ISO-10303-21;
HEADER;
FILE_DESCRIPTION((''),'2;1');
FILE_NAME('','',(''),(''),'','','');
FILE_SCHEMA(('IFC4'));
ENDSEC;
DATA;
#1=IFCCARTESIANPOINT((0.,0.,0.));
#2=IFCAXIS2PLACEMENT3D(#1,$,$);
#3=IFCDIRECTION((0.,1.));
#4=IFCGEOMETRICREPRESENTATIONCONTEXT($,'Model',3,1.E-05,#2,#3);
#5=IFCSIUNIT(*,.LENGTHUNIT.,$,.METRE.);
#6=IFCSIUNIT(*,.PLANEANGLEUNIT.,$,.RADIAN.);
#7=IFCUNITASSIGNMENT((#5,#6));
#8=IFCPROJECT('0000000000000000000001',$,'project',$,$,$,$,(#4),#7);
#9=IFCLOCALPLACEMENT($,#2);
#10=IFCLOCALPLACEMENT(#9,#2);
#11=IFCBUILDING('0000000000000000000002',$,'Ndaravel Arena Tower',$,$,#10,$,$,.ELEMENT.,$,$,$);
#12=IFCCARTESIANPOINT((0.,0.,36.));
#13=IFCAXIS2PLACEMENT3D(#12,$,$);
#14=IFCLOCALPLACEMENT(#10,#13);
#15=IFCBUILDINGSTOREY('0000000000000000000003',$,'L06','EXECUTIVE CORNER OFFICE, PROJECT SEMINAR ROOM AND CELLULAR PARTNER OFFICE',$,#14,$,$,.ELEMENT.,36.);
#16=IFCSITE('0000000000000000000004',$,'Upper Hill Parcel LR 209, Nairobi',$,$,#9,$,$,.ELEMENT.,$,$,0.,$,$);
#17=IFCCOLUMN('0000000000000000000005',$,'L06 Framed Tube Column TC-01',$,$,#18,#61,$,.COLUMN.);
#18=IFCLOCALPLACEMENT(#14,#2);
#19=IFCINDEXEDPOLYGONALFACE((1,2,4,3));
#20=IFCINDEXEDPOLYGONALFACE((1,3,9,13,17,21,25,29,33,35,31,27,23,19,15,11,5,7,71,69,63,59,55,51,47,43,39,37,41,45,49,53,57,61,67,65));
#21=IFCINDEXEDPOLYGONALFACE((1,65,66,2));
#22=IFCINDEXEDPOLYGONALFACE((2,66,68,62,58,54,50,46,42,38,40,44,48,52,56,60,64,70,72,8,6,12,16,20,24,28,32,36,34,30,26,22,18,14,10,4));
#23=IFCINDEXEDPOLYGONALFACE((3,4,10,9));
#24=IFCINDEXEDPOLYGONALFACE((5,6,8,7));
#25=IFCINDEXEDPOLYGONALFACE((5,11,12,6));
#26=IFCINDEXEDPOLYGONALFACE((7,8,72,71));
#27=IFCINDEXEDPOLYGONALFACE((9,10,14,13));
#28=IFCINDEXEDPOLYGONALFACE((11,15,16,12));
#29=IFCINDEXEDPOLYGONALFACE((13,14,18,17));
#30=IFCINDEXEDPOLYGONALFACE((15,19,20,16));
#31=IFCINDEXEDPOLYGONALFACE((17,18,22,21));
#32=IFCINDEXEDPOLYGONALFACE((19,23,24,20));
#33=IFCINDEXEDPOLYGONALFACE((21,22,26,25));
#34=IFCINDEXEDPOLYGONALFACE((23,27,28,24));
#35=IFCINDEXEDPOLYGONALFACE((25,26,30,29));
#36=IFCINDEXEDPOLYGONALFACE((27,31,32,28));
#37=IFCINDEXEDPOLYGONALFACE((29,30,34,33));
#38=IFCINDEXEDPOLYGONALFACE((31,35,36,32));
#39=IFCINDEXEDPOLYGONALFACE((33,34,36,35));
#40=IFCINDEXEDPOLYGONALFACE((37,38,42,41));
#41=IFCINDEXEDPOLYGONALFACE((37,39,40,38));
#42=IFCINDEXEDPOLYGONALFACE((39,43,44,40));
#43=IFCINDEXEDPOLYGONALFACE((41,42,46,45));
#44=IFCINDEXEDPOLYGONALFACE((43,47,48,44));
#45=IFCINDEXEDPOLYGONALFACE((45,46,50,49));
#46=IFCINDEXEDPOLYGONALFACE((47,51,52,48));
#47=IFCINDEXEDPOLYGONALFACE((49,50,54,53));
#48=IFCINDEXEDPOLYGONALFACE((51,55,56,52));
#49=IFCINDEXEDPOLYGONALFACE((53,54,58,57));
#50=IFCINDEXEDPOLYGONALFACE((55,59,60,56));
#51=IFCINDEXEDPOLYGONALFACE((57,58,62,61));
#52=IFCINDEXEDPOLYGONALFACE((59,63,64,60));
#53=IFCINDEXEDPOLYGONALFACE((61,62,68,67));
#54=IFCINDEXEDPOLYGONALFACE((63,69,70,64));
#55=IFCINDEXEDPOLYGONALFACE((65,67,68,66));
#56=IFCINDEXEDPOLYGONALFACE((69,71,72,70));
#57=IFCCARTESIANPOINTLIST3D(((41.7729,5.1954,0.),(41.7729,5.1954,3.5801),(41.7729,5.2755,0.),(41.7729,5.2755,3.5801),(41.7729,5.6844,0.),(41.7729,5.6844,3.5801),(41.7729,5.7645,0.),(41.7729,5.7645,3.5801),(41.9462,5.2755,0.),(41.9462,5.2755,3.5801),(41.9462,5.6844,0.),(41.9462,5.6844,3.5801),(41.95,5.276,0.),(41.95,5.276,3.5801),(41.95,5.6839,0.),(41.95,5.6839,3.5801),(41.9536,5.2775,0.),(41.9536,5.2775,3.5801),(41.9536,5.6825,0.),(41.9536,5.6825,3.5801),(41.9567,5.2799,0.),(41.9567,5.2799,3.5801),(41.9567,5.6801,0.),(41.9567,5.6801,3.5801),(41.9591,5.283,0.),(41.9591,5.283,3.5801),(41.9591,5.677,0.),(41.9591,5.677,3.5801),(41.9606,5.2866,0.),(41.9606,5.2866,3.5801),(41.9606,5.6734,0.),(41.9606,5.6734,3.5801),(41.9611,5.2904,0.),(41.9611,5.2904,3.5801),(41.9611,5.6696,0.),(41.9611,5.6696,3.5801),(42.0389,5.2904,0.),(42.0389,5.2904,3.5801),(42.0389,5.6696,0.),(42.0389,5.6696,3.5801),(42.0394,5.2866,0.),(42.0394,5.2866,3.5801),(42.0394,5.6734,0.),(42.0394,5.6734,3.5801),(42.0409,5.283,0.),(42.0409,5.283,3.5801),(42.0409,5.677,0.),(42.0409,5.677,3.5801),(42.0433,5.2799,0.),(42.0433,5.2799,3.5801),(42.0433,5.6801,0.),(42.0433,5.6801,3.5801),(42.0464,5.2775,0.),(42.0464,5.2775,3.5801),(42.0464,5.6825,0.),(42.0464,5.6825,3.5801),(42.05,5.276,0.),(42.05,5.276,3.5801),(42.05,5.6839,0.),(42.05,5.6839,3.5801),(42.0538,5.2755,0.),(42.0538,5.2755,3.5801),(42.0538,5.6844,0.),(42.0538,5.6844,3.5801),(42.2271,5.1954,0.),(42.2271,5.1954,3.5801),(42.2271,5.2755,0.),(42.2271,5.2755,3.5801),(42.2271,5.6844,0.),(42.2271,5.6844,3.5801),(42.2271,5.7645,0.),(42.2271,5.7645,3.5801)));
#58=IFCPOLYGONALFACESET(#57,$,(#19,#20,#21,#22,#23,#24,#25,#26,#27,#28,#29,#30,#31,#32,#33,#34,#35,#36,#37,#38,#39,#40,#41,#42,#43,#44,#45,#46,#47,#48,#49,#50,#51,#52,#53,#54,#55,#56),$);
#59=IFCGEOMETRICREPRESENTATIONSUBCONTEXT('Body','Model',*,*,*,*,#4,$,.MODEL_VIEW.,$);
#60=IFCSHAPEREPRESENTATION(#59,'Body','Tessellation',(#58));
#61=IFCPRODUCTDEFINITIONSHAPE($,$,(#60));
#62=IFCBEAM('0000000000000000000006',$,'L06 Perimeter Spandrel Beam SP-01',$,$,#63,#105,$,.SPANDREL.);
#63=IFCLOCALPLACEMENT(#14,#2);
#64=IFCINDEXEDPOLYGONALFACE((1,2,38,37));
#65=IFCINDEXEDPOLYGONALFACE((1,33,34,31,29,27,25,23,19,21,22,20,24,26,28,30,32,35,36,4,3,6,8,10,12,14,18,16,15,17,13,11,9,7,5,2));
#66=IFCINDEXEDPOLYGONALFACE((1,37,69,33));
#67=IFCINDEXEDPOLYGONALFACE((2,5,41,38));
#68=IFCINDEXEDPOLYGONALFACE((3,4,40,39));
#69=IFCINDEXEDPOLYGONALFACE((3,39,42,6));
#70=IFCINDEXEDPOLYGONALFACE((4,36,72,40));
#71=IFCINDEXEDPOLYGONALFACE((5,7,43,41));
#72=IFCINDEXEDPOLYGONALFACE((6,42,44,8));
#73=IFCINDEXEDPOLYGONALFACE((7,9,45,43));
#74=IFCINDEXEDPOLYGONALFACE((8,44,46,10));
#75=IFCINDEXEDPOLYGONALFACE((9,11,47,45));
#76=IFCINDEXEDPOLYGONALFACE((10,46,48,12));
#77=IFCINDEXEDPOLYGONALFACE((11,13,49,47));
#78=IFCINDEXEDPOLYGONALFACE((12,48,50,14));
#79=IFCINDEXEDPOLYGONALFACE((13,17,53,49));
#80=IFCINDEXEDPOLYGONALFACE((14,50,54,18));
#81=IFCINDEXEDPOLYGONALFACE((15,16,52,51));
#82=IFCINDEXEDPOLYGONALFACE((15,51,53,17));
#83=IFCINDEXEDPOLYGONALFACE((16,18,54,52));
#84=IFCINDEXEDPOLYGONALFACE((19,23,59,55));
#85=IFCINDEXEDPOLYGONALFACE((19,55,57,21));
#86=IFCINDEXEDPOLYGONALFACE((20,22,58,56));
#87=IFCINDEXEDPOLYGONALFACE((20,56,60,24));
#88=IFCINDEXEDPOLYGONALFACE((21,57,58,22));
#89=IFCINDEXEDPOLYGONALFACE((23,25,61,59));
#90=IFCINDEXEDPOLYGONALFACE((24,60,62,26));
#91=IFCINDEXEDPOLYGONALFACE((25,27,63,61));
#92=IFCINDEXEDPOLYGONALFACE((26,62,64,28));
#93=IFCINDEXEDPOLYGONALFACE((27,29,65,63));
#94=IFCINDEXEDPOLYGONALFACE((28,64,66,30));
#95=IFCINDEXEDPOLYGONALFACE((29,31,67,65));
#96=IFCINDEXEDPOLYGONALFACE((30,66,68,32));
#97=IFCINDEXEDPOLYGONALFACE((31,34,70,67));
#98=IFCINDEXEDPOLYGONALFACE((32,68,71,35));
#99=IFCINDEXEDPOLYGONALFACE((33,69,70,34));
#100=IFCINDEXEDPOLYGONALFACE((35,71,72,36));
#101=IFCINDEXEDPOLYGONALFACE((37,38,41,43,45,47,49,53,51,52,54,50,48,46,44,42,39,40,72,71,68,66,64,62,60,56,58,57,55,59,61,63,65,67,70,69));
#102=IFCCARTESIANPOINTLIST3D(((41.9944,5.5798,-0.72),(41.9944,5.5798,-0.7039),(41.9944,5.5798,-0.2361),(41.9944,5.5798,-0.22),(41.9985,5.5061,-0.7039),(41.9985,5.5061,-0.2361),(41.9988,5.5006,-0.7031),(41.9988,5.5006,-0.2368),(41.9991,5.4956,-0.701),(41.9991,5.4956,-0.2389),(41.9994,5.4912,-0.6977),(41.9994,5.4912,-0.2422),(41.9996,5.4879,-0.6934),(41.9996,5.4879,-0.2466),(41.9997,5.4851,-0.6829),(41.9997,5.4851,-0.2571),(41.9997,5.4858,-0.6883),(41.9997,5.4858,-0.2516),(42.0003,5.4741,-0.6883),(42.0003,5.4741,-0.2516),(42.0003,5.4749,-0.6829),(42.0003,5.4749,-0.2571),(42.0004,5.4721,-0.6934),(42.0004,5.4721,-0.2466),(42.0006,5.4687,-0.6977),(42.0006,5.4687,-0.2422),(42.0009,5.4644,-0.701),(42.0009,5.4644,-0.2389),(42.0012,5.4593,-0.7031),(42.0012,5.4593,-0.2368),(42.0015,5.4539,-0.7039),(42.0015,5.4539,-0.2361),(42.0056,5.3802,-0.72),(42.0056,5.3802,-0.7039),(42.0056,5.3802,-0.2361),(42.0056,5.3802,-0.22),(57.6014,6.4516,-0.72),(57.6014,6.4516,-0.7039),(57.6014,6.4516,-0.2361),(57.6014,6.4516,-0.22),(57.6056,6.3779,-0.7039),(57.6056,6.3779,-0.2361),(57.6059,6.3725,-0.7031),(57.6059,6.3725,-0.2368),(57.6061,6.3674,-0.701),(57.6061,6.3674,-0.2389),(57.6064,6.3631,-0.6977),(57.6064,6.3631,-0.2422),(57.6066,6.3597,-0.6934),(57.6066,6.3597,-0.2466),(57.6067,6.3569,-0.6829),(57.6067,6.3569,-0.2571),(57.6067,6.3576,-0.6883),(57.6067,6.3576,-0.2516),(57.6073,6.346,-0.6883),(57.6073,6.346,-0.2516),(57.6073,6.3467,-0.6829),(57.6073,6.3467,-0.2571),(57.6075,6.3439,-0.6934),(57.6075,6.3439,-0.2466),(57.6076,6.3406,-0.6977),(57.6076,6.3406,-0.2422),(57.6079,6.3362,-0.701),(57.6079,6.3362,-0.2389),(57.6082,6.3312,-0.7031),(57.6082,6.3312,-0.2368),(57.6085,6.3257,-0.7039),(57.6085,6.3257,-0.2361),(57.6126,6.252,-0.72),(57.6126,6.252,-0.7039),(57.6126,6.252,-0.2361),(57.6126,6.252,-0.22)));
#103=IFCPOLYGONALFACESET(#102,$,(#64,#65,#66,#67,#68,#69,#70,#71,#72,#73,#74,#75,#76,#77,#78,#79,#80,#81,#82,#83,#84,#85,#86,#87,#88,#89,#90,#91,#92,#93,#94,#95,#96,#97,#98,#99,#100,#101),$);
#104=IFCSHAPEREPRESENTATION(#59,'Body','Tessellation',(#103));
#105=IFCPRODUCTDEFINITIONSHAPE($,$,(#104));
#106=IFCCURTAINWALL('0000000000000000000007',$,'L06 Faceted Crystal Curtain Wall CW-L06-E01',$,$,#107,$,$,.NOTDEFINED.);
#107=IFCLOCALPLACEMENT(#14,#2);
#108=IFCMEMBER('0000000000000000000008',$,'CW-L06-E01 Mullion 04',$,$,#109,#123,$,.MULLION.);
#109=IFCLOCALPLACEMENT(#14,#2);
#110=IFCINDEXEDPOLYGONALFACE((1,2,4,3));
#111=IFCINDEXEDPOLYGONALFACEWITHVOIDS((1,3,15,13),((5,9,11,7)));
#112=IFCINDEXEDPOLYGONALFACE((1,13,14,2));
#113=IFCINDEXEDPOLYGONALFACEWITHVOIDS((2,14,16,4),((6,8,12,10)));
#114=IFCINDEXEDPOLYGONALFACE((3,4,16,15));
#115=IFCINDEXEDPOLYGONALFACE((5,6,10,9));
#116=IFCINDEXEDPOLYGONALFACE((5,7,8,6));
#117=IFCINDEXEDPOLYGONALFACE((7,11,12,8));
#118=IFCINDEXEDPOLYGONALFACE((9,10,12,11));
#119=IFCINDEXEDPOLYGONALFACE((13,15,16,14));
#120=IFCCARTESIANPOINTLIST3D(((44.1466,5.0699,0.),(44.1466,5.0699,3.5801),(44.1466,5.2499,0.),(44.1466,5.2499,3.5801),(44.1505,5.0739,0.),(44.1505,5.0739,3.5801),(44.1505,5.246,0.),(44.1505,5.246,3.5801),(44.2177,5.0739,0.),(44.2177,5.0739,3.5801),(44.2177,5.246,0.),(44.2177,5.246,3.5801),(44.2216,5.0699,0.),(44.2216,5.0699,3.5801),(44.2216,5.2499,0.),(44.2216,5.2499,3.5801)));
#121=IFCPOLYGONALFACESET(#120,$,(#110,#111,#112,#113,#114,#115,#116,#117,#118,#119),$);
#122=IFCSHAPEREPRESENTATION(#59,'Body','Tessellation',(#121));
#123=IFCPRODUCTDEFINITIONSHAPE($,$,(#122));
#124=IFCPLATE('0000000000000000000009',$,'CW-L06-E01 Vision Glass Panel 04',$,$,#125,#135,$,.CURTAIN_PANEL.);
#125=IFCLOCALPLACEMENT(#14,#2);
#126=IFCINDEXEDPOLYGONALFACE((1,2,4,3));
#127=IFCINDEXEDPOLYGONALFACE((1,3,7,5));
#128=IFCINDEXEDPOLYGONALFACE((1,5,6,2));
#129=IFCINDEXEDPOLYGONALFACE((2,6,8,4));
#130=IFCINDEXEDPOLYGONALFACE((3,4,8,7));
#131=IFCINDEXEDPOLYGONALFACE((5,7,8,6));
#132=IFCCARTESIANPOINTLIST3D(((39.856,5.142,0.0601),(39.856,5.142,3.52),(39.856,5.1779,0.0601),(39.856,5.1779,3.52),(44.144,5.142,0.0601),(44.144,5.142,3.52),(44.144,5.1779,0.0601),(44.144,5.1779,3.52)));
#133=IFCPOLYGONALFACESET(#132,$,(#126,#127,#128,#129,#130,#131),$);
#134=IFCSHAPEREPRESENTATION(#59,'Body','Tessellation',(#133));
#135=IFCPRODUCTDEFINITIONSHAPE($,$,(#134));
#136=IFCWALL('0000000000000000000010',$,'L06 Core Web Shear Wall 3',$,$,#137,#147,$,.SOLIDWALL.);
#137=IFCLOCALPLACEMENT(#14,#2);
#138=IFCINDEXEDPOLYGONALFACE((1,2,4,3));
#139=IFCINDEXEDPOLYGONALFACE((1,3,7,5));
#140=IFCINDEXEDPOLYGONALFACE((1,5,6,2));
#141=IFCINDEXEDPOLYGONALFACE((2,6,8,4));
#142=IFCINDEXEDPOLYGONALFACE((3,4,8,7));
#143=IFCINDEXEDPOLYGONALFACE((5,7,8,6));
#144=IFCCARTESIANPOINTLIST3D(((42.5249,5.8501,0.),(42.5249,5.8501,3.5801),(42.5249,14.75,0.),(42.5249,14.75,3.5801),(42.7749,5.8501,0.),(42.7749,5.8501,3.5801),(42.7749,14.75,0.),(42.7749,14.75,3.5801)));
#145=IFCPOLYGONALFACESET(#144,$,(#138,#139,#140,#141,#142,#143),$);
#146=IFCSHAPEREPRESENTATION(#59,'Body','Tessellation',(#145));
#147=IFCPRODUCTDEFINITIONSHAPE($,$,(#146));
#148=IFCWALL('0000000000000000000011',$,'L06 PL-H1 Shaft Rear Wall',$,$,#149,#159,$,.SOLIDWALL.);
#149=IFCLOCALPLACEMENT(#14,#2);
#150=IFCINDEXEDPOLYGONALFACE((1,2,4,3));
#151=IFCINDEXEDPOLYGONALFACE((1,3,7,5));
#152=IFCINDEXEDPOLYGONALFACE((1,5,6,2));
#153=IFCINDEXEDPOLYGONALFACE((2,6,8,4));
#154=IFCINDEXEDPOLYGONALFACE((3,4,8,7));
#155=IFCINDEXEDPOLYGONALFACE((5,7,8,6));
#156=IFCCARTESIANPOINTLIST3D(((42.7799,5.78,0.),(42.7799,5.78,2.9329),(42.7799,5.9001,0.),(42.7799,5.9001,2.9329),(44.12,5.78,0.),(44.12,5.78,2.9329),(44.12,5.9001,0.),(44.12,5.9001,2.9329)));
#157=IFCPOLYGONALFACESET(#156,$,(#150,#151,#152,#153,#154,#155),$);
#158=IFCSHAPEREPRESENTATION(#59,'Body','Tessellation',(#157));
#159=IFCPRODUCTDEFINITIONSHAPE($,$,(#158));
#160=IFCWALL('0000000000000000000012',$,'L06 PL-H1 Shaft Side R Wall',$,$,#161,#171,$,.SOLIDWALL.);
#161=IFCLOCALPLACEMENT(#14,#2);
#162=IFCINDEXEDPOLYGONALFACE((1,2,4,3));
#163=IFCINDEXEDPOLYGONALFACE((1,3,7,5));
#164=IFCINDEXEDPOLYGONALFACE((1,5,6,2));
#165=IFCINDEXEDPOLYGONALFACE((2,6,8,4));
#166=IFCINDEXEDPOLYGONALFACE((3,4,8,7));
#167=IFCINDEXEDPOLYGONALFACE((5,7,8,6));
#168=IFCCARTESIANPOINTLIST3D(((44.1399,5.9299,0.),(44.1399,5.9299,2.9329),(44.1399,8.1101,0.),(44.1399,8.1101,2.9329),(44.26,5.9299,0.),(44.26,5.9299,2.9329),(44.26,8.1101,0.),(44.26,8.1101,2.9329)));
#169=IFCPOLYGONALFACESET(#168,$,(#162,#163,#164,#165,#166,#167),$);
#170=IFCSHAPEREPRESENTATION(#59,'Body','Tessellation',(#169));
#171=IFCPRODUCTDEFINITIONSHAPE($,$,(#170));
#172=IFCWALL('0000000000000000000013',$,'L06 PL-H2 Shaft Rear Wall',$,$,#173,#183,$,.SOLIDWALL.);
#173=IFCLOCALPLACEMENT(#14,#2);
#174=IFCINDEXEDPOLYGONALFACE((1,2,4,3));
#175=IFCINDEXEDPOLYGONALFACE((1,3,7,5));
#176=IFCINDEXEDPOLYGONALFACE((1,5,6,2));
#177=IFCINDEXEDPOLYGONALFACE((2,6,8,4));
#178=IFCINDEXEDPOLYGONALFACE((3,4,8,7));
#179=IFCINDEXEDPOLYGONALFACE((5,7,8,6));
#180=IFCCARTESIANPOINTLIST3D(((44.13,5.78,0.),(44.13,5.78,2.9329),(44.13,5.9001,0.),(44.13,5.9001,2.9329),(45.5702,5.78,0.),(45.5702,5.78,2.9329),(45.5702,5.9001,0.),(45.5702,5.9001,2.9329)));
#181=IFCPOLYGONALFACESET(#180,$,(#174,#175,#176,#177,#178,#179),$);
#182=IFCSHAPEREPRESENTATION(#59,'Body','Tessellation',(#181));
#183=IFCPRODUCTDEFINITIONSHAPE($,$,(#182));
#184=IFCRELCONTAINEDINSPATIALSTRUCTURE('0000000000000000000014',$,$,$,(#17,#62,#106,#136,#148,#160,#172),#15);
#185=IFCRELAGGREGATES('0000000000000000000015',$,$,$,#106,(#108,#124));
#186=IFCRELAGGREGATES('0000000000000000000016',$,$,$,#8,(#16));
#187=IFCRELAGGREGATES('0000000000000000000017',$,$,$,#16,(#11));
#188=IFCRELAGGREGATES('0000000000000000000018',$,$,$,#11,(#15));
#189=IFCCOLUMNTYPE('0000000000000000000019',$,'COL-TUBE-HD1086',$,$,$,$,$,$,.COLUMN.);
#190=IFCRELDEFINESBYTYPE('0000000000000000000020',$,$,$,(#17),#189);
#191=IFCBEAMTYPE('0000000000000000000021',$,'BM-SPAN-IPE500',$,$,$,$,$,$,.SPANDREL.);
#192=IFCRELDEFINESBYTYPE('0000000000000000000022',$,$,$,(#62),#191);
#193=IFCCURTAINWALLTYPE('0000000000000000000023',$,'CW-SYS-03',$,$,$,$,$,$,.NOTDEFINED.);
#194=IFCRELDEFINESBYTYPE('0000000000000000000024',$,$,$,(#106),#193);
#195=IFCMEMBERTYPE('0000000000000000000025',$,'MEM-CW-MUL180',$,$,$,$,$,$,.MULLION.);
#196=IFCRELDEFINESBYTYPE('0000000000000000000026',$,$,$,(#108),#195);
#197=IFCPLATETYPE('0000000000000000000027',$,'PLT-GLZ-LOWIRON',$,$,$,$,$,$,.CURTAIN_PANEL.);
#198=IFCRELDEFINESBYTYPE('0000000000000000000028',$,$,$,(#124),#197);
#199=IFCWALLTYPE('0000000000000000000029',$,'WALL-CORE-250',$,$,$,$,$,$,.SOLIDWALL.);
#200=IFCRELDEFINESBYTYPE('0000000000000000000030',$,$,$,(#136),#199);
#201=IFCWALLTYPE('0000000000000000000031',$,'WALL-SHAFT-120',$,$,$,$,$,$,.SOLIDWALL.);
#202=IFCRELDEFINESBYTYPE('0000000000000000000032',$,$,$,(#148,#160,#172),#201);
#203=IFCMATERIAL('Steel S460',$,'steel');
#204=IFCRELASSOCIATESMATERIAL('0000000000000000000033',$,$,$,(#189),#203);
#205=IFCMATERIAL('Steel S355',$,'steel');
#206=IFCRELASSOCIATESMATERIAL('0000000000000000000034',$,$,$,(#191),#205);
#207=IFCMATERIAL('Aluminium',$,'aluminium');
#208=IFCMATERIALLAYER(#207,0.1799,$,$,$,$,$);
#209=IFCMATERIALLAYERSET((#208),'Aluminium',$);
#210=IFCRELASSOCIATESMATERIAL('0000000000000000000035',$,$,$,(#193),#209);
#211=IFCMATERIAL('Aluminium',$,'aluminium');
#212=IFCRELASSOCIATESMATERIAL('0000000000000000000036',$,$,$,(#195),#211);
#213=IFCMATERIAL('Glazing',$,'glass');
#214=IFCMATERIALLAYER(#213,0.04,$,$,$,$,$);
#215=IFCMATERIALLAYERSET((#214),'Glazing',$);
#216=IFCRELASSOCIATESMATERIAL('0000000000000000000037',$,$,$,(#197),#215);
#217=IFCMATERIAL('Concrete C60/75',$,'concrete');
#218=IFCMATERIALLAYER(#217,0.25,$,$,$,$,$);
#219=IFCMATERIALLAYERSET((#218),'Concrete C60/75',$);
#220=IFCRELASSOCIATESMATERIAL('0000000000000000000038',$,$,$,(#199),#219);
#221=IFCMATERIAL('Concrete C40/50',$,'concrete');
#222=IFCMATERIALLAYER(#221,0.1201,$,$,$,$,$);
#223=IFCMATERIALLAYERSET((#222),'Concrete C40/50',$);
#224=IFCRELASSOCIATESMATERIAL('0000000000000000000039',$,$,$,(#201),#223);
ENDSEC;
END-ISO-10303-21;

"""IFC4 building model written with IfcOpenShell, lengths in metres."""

from ifc_helpers import new_model, si_unit, direction, frame, frame_2d, origin, origin_2d, place, context, subcontext, project, spatial, rectangle, hollow_rectangle, i_section, extrude, material, layer, layer_set, material_profile, profile_set, type_object, element, aggregate, save


model = new_model("IFC4")

# Units and contexts
model_context = context("Model", 3, precision=1e-05, world=origin(), true_north=direction((0.0, 1.0)))
body_context = subcontext(model_context, "Body", "Model", "MODEL_VIEW")
ifc_project = project(units=[si_unit("LENGTHUNIT", "METRE"), si_unit("PLANEANGLEUNIT", "RADIAN")], contexts=[model_context])

# Site, building, storey
site_placement = place(None, origin())
site = spatial("IfcSite", under=ifc_project, at=site_placement, Name="Upper Hill Parcel LR 209, Nairobi", CompositionType="ELEMENT", RefElevation=0.0)
building_placement = place(site_placement, origin())
building = spatial("IfcBuilding", under=site, at=building_placement, Name="Ndaravel Arena Tower", CompositionType="ELEMENT")
storey_placement = place(building_placement, frame((0.0, 0.0, 36.0)))
storey = spatial("IfcBuildingStorey", under=building, at=storey_placement, Name="L06", Description="EXECUTIVE CORNER OFFICE, PROJECT SEMINAR ROOM AND CELLULAR PARTNER OFFICE", CompositionType="ELEMENT", Elevation=36.0)

# Column
ifc_material_1 = material(Name="Steel S460", Category="steel")
ifc_material_profile_1 = material_profile(ifc_material_1, i_section(OverallWidth=0.4541, OverallDepth=0.5691, WebThickness=0.0779, FlangeThickness=0.0801, FilletRadius=0.0149, at=origin_2d()), Name="HD 400x1086")
ifc_profile_set_1 = profile_set([ifc_material_profile_1], Name="Steel S460")
column_type = type_object("IfcColumnType", Name="COL-TUBE-HD1086", PredefinedType="COLUMN", material=ifc_profile_set_1)
column_placement = place(storey_placement, frame((42.0, 5.48, 0.0), z_axis=(0.0, 0.0, 1.0), x_axis=(1.0, 0.0, 0.0)))
element("IfcColumn", 1, at=column_placement, inside=storey, type_object=column_type, Name="L06 Framed Tube Column TC-01", PredefinedType="COLUMN", context=body_context, shape_type="SweptSolid", body=[
    extrude(i_section(OverallWidth=0.4541, OverallDepth=0.5691, WebThickness=0.0779, FlangeThickness=0.0801, FilletRadius=0.0149, at=origin_2d()), origin(), (0.0, 0.0, 1.0), 3.5801),
])

# Beam
ifc_material_2 = material(Name="Steel S355", Category="steel")
ifc_material_profile_2 = material_profile(ifc_material_2, i_section(OverallWidth=0.2, OverallDepth=0.5, WebThickness=0.0103, FlangeThickness=0.0161, FilletRadius=0.021, at=origin_2d()), Name="IPE 500")
ifc_profile_set_2 = profile_set([ifc_material_profile_2], Name="Steel S355")
beam_type = type_object("IfcBeamType", Name="BM-SPAN-IPE500", PredefinedType="SPANDREL", material=ifc_profile_set_2)
beam_placement = place(storey_placement, frame((42.0, 5.48, -0.47), z_axis=(0.998443, 0.055775, 0.0), x_axis=(-0.055775, 0.998443, 0.0)))
element("IfcBeam", 2, at=beam_placement, inside=storey, type_object=beam_type, Name="L06 Perimeter Spandrel Beam SP-01", PredefinedType="SPANDREL", context=body_context, shape_type="SweptSolid", body=[
    extrude(i_section(OverallWidth=0.2, OverallDepth=0.5, WebThickness=0.0103, FlangeThickness=0.0161, FilletRadius=0.021, at=origin_2d()), origin(), (0.0, 0.0, 1.0), 15.6313),
])

# Curtain wall, member, plate
ifc_material_3 = material(Name="Aluminium", Category="aluminium")
ifc_layer_1 = layer(ifc_material_3, 0.1799)
ifc_layer_set_1 = layer_set([ifc_layer_1], Name="Aluminium")
curtain_wall_type = type_object("IfcCurtainWallType", Name="CW-SYS-03", PredefinedType="NOTDEFINED", material=ifc_layer_set_1)
curtain_wall_placement = place(storey_placement, origin())
curtain_wall = element("IfcCurtainWall", 3, at=curtain_wall_placement, inside=storey, type_object=curtain_wall_type, Name="L06 Faceted Crystal Curtain Wall CW-L06-E01", PredefinedType="NOTDEFINED")
ifc_material_4 = material(Name="Aluminium", Category="aluminium")
ifc_material_profile_3 = material_profile(ifc_material_4, hollow_rectangle(XDim=0.075, YDim=0.1799, WallThickness=0.0039, at=origin_2d()), Name="CW MULLION 75x180x4")
ifc_profile_set_3 = profile_set([ifc_material_profile_3], Name="Aluminium")
member_type = type_object("IfcMemberType", Name="MEM-CW-MUL180", PredefinedType="MULLION", material=ifc_profile_set_3)
member_placement = place(storey_placement, frame((44.1841, 5.1599, 0.0), z_axis=(0.0, 0.0, 1.0), x_axis=(1.0, 0.0, 0.0)))
member = element("IfcMember", 4, at=member_placement, type_object=member_type, Name="CW-L06-E01 Mullion 04", PredefinedType="MULLION", context=body_context, shape_type="SweptSolid", body=[
    extrude(hollow_rectangle(XDim=0.075, YDim=0.1799, WallThickness=0.0039, at=origin_2d()), origin(), (0.0, 0.0, 1.0), 3.5801),
])
ifc_material_5 = material(Name="Glazing", Category="glass")
ifc_layer_2 = layer(ifc_material_5, 0.04)
ifc_layer_set_2 = layer_set([ifc_layer_2], Name="Glazing")
plate_type = type_object("IfcPlateType", Name="PLT-GLZ-LOWIRON", PredefinedType="CURTAIN_PANEL", material=ifc_layer_set_2)
plate_placement = place(storey_placement, frame((42.0, 5.1599, 0.0601), z_axis=(0.0, 0.0, 1.0), x_axis=(1.0, 0.0, 0.0)))
plate = element("IfcPlate", 5, at=plate_placement, type_object=plate_type, Name="CW-L06-E01 Vision Glass Panel 04", PredefinedType="CURTAIN_PANEL", context=body_context, shape_type="SweptSolid", body=[
    extrude(rectangle(XDim=4.2881, YDim=0.0359, at=origin_2d()), origin(), (0.0, 0.0, 1.0), 3.46),
])
aggregate(curtain_wall, [member, plate])

# Walls
ifc_material_6 = material(Name="Concrete C60/75", Category="concrete")
ifc_layer_3 = layer(ifc_material_6, 0.25)
ifc_layer_set_3 = layer_set([ifc_layer_3], Name="Concrete C60/75")
wall_type_1 = type_object("IfcWallType", Name="WALL-CORE-250", PredefinedType="SOLIDWALL", material=ifc_layer_set_3)
wall_1_placement = place(storey_placement, frame((42.6499, 5.8501, 0.0), z_axis=(0.0, 0.0, 1.0), x_axis=(0.0, 1.0, 0.0)))
element("IfcWall", 6, at=wall_1_placement, inside=storey, type_object=wall_type_1, Name="L06 Core Web Shear Wall 3", PredefinedType="SOLIDWALL", context=body_context, shape_type="SweptSolid", body=[
    extrude(rectangle(XDim=8.8999, YDim=0.25, at=frame_2d((4.45, 0.0))), origin(), (0.0, 0.0, 1.0), 3.5801),
])
ifc_material_7 = material(Name="Concrete C40/50", Category="concrete")
ifc_layer_4 = layer(ifc_material_7, 0.1201)
ifc_layer_set_4 = layer_set([ifc_layer_4], Name="Concrete C40/50")
wall_type_2 = type_object("IfcWallType", Name="WALL-SHAFT-120", PredefinedType="SOLIDWALL", material=ifc_layer_set_4)
wall_2_placement = place(storey_placement, frame((42.78, 5.8401, 0.0), z_axis=(0.0, 0.0, 1.0), x_axis=(1.0, 0.0, 0.0)))
element("IfcWall", 7, at=wall_2_placement, inside=storey, type_object=wall_type_2, Name="L06 PL-H1 Shaft Rear Wall", PredefinedType="SOLIDWALL", context=body_context, shape_type="SweptSolid", body=[
    extrude(rectangle(XDim=1.3401, YDim=0.1201, at=frame_2d((0.6699, 0.0))), origin(), (0.0, 0.0, 1.0), 2.9329),
])
wall_3_placement = place(storey_placement, frame((44.2, 5.9299, 0.0), z_axis=(0.0, 0.0, 1.0), x_axis=(0.0, 1.0, 0.0)))
element("IfcWall", 8, at=wall_3_placement, inside=storey, type_object=wall_type_2, Name="L06 PL-H1 Shaft Side R Wall", PredefinedType="SOLIDWALL", context=body_context, shape_type="SweptSolid", body=[
    extrude(rectangle(XDim=2.1802, YDim=0.1201, at=frame_2d((1.0901, 0.0))), origin(), (0.0, 0.0, 1.0), 2.9329),
])
wall_4_placement = place(storey_placement, frame((44.1299, 5.8401, 0.0), z_axis=(0.0, 0.0, 1.0), x_axis=(1.0, 0.0, 0.0)))
element("IfcWall", 9, at=wall_4_placement, inside=storey, type_object=wall_type_2, Name="L06 PL-H2 Shaft Rear Wall", PredefinedType="SOLIDWALL", context=body_context, shape_type="SweptSolid", body=[
    extrude(rectangle(XDim=1.4402, YDim=0.1201, at=frame_2d((0.7202, 0.0))), origin(), (0.0, 0.0, 1.0), 2.9329),
])

save(model, "model.ifc")
